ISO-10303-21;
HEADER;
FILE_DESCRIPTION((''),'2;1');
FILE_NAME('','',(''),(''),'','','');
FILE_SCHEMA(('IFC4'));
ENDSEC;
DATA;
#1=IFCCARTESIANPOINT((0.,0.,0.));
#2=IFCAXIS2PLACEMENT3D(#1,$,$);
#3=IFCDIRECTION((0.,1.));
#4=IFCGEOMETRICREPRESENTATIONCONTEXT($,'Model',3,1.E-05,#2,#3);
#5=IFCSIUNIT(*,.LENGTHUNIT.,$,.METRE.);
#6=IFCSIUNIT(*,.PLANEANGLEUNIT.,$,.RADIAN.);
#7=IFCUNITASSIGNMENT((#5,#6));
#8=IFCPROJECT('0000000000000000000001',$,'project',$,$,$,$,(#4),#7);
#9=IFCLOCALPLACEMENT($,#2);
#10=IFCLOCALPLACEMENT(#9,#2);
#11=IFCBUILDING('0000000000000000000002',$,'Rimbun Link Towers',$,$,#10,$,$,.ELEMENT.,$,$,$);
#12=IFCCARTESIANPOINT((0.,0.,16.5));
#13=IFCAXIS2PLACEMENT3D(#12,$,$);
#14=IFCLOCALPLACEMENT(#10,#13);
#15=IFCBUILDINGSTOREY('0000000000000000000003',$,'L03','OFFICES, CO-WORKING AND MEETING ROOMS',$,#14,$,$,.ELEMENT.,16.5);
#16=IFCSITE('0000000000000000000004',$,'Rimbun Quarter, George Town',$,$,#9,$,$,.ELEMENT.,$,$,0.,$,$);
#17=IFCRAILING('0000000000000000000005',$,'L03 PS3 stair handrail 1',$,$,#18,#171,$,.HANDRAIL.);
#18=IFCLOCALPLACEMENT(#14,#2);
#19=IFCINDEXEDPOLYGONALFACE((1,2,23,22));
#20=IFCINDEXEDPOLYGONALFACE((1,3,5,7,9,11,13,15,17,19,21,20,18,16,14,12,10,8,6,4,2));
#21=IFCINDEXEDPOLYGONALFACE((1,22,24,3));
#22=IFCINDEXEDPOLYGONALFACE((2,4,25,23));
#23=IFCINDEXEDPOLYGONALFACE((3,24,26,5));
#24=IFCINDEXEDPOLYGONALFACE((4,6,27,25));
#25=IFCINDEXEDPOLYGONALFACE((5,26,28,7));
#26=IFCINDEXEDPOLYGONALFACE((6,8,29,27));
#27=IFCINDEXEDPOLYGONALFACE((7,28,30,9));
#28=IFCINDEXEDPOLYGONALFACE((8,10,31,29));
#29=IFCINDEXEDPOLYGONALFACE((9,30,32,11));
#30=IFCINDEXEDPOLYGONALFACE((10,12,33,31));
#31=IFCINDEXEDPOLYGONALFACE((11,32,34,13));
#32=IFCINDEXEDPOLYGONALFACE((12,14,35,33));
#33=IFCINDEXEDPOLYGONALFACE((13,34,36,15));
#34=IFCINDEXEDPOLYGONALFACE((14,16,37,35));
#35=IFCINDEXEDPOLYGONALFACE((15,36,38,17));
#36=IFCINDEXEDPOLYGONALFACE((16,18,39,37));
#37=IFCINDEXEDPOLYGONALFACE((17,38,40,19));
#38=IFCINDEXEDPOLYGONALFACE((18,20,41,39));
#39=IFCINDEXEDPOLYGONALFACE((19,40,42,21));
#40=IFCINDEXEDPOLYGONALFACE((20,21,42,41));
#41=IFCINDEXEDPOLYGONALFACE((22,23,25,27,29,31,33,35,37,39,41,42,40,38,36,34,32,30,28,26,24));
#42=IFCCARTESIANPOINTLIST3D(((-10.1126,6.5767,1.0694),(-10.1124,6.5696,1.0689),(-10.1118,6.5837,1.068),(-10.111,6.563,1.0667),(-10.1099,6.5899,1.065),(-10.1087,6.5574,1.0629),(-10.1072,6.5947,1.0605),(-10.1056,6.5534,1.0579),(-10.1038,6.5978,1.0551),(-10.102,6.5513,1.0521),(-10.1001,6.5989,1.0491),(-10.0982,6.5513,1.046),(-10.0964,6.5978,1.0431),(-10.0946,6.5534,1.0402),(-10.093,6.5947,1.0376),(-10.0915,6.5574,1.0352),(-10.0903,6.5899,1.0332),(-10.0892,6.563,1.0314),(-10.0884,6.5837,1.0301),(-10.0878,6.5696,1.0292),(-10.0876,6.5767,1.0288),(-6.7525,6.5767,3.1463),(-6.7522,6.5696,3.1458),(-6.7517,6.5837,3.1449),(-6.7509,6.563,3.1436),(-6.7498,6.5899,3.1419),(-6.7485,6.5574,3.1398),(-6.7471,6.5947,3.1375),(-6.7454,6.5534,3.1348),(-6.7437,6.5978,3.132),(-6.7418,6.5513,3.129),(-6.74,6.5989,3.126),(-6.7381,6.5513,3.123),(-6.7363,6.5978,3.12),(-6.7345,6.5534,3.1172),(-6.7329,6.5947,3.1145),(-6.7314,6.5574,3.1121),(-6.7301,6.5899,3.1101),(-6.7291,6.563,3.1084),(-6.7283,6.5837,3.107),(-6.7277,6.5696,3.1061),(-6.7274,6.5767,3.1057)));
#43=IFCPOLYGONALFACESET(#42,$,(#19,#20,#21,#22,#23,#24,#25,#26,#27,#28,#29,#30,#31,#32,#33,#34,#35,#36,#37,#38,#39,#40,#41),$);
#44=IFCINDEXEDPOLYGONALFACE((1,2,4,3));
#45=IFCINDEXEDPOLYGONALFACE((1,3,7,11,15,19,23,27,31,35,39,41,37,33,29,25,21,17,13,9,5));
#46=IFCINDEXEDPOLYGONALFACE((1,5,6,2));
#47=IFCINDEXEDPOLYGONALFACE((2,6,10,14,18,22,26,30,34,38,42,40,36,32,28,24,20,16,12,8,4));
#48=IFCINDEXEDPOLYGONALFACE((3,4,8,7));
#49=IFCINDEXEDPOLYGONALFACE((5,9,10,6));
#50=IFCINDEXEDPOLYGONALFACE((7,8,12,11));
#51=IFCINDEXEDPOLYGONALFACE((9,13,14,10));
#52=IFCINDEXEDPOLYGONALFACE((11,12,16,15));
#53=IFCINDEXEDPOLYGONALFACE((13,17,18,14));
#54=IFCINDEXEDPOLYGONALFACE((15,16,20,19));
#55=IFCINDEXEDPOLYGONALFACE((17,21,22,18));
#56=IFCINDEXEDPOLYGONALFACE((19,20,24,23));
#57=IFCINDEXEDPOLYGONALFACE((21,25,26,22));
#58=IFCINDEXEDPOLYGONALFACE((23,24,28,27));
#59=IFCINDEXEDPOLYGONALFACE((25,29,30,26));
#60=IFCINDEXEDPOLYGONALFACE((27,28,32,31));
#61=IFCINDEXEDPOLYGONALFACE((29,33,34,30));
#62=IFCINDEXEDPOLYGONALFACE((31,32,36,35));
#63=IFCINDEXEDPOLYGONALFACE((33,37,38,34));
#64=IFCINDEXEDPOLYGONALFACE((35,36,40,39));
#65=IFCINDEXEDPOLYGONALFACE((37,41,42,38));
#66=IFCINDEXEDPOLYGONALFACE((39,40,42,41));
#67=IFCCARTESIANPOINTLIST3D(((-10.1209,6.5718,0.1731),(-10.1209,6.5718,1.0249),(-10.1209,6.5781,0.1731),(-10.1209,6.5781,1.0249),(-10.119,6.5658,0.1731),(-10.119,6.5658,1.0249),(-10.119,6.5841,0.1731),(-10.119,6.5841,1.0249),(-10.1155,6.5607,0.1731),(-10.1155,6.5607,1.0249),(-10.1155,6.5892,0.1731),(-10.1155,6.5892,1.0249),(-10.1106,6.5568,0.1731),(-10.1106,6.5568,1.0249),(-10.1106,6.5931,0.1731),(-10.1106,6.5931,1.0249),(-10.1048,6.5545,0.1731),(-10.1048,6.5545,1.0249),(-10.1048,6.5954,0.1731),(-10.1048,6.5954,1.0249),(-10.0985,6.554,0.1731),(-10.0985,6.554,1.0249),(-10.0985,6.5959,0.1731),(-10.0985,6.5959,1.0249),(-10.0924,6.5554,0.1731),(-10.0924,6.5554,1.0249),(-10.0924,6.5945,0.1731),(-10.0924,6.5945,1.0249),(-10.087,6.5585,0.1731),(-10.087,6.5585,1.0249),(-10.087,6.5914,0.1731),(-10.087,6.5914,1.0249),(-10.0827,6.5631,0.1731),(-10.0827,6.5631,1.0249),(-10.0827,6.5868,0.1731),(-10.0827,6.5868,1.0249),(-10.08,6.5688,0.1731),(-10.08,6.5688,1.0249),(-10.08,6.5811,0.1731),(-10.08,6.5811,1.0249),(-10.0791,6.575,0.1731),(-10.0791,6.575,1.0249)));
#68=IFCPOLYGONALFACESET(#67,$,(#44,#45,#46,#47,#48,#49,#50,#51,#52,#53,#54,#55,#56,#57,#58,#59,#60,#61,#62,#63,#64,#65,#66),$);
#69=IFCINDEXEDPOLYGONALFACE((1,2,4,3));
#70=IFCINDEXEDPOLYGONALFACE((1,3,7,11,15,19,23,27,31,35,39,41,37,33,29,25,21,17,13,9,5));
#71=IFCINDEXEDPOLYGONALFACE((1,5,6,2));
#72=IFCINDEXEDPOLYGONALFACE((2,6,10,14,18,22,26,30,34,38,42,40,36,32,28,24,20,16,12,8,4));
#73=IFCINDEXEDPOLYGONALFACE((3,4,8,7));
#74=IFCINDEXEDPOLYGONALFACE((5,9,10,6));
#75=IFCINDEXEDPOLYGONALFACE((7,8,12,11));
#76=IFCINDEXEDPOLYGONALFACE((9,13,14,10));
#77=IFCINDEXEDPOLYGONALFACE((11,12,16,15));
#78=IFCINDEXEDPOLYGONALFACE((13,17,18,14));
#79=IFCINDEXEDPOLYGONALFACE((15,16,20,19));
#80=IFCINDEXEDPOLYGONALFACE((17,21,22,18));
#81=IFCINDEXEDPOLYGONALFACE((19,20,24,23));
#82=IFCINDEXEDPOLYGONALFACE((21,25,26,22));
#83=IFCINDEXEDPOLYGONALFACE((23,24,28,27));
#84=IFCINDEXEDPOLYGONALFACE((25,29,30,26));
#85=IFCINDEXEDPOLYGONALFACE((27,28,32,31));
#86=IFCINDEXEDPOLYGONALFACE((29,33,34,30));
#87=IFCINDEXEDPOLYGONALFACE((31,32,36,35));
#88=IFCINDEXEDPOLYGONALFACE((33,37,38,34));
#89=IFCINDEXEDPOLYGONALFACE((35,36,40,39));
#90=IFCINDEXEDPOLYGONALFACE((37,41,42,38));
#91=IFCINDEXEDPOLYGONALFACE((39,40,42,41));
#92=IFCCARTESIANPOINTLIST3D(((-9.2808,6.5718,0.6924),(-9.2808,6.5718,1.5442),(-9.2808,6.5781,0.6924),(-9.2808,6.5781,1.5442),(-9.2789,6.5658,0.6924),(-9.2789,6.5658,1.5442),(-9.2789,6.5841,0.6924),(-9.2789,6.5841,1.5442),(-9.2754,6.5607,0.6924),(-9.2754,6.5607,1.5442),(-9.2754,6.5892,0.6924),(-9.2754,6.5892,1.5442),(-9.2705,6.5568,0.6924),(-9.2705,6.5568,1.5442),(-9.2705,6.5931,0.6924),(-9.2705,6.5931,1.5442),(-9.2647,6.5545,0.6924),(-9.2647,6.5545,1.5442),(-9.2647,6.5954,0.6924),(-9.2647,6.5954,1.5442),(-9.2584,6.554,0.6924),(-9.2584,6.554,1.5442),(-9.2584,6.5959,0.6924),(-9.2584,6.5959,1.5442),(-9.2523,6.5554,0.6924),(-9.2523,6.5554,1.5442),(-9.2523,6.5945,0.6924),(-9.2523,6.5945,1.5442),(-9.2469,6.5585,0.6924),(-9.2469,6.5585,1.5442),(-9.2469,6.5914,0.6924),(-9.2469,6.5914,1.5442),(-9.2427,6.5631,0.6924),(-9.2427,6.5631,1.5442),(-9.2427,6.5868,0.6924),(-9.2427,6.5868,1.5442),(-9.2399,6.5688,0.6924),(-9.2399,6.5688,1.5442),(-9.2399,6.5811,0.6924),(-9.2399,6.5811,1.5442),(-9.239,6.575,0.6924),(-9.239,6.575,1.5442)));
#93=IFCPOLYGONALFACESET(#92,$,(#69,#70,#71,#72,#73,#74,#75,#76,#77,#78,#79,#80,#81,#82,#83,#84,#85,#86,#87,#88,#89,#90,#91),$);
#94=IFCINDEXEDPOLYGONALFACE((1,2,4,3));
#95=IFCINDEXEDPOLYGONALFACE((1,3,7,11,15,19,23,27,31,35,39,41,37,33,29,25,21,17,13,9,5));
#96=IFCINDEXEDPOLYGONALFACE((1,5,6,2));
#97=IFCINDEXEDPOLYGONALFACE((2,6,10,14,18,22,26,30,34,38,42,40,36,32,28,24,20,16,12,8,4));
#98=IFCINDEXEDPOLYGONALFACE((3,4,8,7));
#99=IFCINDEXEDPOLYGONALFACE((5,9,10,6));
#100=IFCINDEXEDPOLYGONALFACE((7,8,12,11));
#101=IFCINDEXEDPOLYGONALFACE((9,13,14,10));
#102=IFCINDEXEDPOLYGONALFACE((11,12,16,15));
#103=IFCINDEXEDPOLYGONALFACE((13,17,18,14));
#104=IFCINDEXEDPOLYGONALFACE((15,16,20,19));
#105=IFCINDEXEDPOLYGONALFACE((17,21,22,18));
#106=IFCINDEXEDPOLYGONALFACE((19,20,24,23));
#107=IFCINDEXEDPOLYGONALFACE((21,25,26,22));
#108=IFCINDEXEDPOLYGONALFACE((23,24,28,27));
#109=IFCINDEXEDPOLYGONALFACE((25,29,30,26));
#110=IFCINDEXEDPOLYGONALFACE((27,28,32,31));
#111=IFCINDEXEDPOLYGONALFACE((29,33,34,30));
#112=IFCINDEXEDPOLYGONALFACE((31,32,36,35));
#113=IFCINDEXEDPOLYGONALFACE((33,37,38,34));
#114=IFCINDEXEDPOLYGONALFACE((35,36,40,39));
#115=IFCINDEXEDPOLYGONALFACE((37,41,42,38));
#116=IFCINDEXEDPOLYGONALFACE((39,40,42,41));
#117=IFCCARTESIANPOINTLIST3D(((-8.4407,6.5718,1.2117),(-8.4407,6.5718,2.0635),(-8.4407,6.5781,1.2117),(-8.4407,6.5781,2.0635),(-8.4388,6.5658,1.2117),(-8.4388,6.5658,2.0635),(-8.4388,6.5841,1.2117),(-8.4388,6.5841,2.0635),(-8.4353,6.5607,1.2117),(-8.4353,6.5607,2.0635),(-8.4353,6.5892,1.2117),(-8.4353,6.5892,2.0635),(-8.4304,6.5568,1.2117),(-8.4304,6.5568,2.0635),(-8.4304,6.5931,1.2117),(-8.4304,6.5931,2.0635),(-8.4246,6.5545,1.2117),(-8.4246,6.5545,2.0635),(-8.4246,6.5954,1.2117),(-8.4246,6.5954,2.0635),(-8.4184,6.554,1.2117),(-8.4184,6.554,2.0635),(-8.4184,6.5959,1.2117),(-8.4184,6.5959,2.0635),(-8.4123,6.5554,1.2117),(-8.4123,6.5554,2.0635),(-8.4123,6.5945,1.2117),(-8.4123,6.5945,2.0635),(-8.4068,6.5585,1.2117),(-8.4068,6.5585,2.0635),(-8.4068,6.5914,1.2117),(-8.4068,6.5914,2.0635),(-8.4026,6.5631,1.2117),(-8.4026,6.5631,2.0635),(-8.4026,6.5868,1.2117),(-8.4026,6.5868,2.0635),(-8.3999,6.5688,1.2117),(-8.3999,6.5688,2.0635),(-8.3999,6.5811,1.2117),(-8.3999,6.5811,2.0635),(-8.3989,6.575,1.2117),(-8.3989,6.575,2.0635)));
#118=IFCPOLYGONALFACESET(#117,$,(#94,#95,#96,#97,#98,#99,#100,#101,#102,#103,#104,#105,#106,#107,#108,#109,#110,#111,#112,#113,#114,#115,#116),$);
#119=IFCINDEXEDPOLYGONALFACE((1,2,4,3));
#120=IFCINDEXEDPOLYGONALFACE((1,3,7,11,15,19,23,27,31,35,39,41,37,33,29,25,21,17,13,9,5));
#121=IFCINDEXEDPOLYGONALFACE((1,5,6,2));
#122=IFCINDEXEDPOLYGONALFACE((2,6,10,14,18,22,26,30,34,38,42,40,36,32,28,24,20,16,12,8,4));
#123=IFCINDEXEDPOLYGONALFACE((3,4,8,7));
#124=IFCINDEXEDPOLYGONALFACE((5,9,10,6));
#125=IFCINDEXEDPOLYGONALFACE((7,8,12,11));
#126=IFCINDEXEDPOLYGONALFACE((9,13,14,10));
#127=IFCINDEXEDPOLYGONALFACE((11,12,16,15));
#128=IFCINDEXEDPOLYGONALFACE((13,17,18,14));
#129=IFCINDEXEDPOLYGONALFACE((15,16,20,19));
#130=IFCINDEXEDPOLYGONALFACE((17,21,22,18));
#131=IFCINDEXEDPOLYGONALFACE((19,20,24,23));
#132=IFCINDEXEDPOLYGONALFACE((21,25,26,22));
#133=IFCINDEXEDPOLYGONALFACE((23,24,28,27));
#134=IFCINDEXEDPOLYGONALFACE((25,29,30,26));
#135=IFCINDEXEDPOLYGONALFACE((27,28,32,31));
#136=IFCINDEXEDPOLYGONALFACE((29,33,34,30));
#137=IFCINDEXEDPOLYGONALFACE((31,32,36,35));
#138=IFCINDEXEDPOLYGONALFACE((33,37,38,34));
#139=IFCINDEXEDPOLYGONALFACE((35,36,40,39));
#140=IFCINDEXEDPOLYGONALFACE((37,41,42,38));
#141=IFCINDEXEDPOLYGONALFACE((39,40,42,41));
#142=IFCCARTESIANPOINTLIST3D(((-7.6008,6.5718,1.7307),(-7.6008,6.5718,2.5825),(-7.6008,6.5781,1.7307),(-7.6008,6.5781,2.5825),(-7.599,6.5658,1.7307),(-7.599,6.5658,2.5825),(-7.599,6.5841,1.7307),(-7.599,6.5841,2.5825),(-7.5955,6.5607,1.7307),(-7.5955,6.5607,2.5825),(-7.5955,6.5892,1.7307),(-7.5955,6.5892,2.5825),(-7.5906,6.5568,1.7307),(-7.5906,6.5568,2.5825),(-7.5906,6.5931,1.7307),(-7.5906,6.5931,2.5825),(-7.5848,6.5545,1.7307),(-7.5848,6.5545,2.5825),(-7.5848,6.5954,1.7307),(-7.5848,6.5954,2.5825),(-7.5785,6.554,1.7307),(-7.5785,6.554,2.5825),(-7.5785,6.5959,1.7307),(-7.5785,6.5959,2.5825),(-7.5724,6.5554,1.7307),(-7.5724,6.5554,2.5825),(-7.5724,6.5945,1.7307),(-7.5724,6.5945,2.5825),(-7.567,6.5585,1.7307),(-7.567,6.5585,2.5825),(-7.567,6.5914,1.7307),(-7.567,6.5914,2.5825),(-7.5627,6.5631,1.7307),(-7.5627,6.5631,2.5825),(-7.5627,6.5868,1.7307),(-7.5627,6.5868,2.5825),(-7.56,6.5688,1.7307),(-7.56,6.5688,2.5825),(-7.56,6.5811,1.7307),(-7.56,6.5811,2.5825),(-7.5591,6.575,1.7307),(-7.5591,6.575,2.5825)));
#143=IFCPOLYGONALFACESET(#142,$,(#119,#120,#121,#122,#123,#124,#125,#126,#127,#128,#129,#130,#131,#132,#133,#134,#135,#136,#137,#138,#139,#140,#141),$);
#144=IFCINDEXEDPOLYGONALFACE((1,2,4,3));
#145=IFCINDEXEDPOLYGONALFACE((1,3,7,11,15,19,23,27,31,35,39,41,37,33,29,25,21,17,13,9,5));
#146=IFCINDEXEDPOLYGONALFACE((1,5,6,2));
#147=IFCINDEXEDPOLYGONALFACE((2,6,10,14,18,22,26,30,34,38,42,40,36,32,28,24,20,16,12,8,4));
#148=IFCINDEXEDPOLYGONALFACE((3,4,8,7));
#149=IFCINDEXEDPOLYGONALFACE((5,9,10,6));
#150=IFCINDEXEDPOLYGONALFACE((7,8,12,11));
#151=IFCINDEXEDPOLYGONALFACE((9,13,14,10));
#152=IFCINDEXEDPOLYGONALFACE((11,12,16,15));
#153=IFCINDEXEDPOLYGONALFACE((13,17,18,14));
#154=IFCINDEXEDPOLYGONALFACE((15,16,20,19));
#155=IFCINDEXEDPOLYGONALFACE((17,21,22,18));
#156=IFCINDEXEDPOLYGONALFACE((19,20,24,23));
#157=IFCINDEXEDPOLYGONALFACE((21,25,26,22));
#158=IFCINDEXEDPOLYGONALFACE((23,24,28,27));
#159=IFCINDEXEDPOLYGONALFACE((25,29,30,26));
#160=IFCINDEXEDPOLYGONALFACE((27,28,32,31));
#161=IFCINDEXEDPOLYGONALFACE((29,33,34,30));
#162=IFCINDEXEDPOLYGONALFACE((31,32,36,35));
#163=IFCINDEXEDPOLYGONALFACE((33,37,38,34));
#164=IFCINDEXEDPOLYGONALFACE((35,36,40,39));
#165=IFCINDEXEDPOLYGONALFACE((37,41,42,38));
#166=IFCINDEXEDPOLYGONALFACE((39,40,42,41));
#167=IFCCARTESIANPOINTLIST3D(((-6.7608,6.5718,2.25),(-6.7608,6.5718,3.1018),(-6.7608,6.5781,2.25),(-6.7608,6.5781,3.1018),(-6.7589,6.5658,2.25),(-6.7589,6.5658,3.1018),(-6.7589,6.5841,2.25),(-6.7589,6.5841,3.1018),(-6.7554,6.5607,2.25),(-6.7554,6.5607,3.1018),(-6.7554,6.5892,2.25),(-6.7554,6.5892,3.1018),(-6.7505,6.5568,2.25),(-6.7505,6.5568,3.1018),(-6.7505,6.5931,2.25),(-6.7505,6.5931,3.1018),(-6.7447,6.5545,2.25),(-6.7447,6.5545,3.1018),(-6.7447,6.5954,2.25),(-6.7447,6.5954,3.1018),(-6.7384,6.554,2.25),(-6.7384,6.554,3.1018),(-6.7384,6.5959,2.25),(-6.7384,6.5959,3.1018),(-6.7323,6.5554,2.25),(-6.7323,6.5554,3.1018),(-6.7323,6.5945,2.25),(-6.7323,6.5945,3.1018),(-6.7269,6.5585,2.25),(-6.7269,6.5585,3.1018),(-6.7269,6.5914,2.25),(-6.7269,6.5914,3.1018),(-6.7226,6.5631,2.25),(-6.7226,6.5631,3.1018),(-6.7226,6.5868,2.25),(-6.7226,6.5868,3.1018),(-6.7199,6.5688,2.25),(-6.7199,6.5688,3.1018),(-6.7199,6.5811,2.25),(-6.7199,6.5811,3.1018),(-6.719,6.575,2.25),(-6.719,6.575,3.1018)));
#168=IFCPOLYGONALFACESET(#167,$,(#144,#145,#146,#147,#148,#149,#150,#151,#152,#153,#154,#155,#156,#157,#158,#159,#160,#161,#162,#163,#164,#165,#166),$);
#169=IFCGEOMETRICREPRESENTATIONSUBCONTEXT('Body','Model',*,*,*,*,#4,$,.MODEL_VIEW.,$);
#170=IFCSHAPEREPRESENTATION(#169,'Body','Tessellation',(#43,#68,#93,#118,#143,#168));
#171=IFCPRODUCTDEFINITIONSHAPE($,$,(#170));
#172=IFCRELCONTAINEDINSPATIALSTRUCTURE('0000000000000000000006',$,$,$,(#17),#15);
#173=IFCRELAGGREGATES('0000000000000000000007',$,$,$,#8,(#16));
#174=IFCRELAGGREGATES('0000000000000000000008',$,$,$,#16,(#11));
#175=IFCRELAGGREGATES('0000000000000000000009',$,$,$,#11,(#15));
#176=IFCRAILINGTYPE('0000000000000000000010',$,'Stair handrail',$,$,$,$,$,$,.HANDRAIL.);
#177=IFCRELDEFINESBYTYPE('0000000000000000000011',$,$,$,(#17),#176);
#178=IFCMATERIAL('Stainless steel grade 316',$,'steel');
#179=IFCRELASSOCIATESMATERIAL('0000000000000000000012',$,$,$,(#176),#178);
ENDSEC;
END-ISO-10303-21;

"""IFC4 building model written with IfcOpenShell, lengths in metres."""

from ifc_helpers import new_model, si_unit, direction, frame, origin, origin_2d, place, context, subcontext, project, spatial, circle, extrude, material, type_object, element, save


model = new_model("IFC4")

# Units and contexts
model_context = context("Model", 3, precision=1e-05, world=origin(), true_north=direction((0.0, 1.0)))
body_context = subcontext(model_context, "Body", "Model", "MODEL_VIEW")
ifc_project = project(units=[si_unit("LENGTHUNIT", "METRE"), si_unit("PLANEANGLEUNIT", "RADIAN")], contexts=[model_context])

# Site, building, storey
site_placement = place(None, origin())
site = spatial("IfcSite", under=ifc_project, at=site_placement, Name="Rimbun Quarter, George Town", CompositionType="ELEMENT", RefElevation=0.0)
building_placement = place(site_placement, origin())
building = spatial("IfcBuilding", under=site, at=building_placement, Name="Rimbun Link Towers", CompositionType="ELEMENT")
storey_placement = place(building_placement, frame((0.0, 0.0, 16.5)))
storey = spatial("IfcBuildingStorey", under=building, at=storey_placement, Name="L03", Description="OFFICES, CO-WORKING AND MEETING ROOMS", CompositionType="ELEMENT", Elevation=16.5)

# Railing
ifc_material_1 = material(Name="Stainless steel grade 316", Category="steel")
railing_type_1 = type_object("IfcRailingType", Name="Stair handrail", PredefinedType="HANDRAIL", material=ifc_material_1)
railing_1_placement = place(storey_placement, frame((-10.1001, 6.575, 0.1731)))
element("IfcRailing", 1, at=railing_1_placement, inside=storey, type_object=railing_type_1, Name="L03 PS3 stair handrail 1", PredefinedType="HANDRAIL", context=body_context, shape_type="SweptSolid", body=[
    extrude(circle(Radius=0.0239, at=origin_2d()), frame((0.0, 0.0, 0.876), z_axis=(0.850623, 0.0, 0.525776), x_axis=(0.0, 1.0, 0.0)), (0.0, 0.0, 1.0), 3.9502),
    extrude(circle(Radius=0.021, at=origin_2d()), origin(), (0.0, 0.0, 1.0), 0.8518),
    extrude(circle(Radius=0.021, at=origin_2d()), frame((0.8401, 0.0, 0.5193)), (0.0, 0.0, 1.0), 0.8518),
    extrude(circle(Radius=0.021, at=origin_2d()), frame((1.6802, 0.0, 1.0386)), (0.0, 0.0, 1.0), 0.8518),
    extrude(circle(Radius=0.021, at=origin_2d()), frame((2.52, 0.0, 1.5576)), (0.0, 0.0, 1.0), 0.8518),
    extrude(circle(Radius=0.021, at=origin_2d()), frame((3.3601, 0.0, 2.0769)), (0.0, 0.0, 1.0), 0.8518),
])

save(model, "model.ifc")
